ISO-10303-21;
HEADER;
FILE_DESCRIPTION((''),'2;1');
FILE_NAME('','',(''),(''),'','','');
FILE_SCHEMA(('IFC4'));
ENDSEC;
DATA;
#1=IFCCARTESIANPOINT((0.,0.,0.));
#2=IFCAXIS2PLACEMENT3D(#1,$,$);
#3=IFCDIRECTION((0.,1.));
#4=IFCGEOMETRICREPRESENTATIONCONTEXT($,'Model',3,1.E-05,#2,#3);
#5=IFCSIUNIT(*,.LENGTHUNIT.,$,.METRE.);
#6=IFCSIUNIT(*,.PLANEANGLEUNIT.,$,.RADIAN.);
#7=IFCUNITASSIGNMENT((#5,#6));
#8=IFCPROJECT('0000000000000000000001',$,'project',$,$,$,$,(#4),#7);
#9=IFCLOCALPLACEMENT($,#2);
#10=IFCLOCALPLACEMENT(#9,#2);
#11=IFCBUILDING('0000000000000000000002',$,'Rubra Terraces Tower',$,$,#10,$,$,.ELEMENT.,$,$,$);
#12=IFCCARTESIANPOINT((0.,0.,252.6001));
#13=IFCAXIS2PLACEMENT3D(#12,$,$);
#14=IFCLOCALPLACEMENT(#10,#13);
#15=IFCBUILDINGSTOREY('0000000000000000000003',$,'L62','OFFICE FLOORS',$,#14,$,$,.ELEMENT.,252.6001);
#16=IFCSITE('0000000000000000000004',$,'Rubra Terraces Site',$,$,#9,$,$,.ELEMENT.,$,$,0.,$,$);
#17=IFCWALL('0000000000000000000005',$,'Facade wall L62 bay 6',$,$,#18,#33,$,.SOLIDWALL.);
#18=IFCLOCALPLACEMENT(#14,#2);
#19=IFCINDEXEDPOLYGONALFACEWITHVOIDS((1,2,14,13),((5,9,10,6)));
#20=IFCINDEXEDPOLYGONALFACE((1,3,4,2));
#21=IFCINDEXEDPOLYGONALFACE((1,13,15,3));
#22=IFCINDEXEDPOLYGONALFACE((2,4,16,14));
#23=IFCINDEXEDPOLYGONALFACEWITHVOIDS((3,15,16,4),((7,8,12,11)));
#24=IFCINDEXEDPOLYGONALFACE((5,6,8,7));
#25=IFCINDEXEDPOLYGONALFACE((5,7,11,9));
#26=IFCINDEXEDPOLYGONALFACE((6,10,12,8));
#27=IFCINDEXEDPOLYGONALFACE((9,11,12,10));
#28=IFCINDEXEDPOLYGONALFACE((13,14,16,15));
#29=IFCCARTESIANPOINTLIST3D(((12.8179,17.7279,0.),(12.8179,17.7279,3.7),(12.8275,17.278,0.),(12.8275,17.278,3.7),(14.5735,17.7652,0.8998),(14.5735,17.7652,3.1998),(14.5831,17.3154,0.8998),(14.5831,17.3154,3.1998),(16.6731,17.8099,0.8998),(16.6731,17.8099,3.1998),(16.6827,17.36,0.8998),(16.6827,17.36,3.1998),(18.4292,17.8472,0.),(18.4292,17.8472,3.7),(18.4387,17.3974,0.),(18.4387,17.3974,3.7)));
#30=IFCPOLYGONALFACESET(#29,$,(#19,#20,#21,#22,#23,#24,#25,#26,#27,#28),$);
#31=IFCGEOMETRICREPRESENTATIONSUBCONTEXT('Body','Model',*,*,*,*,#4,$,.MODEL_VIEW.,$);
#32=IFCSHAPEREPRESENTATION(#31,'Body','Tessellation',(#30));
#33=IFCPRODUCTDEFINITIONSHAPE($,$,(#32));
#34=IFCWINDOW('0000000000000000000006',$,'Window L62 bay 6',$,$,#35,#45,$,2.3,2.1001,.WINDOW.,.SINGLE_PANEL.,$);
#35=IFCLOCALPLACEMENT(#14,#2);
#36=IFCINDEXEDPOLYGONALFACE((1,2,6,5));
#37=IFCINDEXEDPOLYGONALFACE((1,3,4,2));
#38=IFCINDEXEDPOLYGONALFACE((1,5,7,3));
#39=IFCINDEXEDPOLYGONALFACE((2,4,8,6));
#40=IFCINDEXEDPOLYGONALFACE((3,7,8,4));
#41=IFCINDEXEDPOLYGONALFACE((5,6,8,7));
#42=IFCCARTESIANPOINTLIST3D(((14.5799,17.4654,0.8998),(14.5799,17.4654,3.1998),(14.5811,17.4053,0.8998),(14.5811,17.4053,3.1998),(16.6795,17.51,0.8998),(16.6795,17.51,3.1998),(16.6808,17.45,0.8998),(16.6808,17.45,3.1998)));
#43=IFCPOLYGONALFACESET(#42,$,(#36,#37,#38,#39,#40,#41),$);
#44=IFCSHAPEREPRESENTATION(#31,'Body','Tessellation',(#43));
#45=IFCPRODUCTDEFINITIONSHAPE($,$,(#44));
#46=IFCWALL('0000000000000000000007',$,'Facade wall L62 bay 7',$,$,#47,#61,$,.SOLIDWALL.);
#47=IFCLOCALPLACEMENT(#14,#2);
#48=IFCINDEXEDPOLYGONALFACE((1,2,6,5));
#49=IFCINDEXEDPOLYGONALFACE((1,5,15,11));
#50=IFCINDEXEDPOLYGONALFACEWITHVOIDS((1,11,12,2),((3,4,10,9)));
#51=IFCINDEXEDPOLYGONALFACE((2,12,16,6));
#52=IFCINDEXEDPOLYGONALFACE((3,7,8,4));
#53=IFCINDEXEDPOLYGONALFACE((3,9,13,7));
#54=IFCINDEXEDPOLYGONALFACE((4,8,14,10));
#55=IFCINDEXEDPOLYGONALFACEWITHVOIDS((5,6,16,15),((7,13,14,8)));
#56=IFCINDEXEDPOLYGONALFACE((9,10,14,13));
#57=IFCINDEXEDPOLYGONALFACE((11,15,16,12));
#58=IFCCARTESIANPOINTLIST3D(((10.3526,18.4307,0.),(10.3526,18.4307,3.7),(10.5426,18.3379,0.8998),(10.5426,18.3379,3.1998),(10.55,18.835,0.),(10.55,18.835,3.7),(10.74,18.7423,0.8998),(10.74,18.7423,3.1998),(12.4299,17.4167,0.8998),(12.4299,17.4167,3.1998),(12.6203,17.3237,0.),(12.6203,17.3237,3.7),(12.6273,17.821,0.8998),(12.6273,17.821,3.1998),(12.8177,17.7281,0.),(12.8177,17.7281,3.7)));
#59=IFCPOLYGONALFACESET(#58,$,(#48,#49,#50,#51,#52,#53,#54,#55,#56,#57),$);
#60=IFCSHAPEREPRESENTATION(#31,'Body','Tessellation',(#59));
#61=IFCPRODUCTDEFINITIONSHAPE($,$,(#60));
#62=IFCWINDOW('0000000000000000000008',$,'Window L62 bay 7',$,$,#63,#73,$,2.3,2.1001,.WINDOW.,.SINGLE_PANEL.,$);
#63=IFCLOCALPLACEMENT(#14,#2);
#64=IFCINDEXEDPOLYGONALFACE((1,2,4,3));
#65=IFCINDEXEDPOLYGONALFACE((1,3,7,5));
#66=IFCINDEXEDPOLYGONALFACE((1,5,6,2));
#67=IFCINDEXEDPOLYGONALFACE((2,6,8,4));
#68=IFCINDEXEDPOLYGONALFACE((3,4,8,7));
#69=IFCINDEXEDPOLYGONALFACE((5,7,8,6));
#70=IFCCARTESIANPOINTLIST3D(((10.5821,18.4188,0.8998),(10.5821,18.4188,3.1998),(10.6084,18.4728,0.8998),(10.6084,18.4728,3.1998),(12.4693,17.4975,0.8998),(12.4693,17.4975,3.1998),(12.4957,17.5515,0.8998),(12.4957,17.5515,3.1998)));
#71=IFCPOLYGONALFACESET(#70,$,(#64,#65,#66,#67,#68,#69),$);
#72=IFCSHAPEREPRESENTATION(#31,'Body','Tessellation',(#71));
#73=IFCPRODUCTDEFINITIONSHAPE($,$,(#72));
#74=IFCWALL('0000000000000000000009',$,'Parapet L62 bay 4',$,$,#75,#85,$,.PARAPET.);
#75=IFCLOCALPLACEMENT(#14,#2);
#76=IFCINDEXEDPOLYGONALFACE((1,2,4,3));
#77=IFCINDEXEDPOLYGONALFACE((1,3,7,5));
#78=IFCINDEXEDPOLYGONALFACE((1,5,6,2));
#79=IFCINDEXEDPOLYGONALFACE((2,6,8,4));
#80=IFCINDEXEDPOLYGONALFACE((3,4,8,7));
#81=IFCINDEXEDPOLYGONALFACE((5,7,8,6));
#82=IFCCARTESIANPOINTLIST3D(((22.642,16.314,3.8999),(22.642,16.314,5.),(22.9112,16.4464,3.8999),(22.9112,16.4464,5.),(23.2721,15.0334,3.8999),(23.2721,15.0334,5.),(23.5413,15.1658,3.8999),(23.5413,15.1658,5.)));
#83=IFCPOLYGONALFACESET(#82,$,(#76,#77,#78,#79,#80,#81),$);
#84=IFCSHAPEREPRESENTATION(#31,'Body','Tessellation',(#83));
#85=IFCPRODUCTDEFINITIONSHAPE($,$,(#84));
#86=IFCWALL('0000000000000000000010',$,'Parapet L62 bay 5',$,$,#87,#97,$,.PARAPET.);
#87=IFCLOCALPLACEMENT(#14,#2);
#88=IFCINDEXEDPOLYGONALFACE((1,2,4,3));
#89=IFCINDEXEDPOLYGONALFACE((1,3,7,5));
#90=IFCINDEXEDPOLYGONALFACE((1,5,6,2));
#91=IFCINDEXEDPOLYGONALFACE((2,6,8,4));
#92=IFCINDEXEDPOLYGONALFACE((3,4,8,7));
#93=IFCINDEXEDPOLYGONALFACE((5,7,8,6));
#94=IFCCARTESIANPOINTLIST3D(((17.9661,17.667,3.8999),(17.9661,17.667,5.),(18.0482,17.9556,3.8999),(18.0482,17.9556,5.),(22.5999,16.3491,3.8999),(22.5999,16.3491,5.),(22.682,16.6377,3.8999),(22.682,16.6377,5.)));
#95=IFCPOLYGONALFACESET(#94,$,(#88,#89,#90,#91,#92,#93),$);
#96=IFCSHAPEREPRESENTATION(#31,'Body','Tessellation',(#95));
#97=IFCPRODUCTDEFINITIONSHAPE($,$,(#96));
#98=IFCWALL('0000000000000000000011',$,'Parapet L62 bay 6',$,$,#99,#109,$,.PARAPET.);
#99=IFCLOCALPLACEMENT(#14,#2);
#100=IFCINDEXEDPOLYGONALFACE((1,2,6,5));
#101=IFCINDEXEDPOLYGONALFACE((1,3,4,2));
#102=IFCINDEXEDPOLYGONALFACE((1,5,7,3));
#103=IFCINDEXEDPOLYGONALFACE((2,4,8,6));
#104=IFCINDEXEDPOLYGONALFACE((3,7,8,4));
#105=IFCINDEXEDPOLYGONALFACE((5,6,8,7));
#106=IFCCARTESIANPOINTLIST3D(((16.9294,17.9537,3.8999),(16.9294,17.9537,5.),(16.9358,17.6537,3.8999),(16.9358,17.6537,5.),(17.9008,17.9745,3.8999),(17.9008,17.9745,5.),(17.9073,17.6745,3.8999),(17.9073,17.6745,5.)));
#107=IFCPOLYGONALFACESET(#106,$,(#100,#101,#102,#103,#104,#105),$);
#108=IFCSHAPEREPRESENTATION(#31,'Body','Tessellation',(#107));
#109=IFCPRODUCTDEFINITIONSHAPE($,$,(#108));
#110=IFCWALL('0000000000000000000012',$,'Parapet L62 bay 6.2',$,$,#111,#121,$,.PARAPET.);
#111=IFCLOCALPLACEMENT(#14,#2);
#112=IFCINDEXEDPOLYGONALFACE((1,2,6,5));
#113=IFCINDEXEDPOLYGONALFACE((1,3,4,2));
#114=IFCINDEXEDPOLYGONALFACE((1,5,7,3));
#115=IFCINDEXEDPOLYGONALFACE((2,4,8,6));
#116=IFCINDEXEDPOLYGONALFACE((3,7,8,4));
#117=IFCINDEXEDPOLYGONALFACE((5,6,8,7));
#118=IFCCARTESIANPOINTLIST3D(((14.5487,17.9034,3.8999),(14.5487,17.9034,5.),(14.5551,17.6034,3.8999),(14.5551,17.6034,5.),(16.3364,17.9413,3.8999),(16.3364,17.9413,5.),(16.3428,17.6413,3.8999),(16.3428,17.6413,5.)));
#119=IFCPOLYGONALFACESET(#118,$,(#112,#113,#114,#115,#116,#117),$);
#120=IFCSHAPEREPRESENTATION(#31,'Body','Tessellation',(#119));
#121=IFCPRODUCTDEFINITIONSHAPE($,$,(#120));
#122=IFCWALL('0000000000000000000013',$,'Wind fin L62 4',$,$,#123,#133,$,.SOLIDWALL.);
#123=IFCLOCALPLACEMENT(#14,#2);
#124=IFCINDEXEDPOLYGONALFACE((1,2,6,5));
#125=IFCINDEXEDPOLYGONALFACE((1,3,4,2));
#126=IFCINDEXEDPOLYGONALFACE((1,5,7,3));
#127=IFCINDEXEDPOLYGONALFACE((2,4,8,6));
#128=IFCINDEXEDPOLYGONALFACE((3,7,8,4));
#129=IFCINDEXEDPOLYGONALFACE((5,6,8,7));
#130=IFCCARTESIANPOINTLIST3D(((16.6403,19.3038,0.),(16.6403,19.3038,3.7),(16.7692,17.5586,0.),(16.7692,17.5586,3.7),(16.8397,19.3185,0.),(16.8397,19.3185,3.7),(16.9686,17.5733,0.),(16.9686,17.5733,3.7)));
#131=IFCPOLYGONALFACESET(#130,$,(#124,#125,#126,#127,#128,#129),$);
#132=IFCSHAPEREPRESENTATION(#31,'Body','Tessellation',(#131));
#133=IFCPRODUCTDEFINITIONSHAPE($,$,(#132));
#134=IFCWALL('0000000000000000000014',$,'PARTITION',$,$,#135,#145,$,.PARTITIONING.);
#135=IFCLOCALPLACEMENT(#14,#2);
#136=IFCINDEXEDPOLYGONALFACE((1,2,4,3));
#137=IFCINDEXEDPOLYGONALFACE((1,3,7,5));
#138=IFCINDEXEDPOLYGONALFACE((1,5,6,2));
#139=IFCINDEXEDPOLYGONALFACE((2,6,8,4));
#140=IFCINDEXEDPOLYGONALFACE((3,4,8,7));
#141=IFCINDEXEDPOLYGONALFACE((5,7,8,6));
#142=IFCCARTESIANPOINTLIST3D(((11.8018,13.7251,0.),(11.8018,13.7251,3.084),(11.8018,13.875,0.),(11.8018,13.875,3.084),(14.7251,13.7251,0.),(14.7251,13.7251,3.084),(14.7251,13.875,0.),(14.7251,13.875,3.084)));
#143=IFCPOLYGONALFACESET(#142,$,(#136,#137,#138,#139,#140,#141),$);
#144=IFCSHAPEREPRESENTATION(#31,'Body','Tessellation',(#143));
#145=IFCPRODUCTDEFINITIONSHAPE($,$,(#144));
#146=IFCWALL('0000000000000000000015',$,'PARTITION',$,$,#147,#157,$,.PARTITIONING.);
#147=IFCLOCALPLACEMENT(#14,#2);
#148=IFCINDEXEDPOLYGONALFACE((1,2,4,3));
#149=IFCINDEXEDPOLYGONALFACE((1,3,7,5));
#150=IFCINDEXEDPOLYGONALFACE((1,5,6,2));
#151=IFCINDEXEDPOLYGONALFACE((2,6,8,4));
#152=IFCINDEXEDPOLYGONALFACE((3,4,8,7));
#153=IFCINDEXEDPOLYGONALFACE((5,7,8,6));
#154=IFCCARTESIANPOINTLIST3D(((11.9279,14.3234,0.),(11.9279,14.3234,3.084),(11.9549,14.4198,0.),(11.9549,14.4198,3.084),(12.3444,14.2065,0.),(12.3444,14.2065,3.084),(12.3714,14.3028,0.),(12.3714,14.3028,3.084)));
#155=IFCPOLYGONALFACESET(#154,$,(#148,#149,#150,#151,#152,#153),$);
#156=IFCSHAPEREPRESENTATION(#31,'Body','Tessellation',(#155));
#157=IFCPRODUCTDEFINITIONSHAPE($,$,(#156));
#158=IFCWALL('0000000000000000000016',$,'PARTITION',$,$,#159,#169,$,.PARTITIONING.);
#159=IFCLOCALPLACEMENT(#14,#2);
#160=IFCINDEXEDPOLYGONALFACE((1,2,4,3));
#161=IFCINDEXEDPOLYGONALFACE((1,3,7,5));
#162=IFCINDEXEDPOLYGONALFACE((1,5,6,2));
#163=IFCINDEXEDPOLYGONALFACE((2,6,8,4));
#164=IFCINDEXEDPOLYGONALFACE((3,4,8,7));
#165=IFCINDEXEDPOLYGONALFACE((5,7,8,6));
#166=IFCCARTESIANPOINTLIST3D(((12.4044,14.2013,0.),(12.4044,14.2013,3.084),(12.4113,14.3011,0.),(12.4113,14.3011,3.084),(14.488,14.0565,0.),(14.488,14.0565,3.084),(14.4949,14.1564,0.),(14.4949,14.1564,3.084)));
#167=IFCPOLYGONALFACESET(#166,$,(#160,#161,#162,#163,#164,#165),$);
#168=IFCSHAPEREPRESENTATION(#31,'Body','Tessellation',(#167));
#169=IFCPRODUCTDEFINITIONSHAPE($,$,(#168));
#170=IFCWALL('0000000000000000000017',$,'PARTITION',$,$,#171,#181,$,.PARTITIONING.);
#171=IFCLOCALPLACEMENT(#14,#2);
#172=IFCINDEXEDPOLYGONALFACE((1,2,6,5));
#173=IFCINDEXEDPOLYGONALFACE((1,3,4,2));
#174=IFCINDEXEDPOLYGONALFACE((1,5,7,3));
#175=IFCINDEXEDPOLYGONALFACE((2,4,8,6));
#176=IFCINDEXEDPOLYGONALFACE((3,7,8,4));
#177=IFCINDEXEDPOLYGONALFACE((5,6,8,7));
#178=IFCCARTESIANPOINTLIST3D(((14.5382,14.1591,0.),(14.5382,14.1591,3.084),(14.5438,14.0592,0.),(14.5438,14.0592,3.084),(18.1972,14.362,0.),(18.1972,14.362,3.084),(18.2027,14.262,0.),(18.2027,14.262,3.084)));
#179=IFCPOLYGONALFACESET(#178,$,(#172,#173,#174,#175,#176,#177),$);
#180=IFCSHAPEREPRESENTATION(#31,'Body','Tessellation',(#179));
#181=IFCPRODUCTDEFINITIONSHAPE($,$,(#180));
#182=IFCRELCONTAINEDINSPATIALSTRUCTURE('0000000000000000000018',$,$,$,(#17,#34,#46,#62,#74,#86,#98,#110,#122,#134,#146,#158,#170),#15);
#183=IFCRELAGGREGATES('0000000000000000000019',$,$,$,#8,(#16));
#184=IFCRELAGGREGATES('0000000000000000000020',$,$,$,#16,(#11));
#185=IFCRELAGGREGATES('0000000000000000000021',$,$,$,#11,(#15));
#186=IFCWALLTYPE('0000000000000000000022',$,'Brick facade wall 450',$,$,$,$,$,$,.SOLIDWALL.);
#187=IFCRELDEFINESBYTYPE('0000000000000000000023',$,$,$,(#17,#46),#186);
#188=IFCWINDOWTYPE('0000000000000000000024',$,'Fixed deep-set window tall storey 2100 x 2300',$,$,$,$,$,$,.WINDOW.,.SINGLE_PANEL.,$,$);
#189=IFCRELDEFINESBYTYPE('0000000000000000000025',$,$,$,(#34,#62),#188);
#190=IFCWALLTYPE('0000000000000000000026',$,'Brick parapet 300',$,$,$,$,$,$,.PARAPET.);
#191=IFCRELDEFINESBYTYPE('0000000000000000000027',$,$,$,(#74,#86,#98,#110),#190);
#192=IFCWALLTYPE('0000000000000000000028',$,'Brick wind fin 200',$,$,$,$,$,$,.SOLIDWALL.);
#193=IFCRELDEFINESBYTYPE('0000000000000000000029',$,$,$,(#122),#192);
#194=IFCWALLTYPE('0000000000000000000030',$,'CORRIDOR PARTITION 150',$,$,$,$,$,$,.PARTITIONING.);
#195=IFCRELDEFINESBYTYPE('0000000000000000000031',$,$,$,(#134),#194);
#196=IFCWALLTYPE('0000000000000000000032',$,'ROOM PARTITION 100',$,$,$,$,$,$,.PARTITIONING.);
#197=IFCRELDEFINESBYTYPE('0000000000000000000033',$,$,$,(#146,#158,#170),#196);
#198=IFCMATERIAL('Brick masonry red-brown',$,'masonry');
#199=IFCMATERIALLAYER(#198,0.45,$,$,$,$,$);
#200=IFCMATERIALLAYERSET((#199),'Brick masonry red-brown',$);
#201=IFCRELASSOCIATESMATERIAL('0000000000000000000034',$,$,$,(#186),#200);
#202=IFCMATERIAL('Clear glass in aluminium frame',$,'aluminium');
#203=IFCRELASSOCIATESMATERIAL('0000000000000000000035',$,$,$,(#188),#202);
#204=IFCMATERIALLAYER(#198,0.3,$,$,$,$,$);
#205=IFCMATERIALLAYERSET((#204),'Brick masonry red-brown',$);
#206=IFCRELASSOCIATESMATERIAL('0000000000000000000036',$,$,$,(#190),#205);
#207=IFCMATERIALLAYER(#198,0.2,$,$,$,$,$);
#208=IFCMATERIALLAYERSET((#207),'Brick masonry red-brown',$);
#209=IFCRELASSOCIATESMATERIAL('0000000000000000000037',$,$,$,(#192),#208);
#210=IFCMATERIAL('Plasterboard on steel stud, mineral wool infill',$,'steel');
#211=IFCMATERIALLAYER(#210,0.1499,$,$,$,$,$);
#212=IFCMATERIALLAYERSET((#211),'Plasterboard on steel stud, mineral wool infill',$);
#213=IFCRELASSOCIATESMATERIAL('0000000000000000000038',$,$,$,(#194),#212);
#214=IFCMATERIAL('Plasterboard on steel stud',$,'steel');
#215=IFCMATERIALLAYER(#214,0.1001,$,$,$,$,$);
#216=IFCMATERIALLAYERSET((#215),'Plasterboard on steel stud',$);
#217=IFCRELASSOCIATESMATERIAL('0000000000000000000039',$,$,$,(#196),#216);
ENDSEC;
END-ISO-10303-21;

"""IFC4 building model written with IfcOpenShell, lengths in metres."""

from ifc_helpers import new_model, si_unit, direction, frame, frame_2d, origin, place, context, subcontext, project, spatial, rectangle, extrude, material, layer, layer_set, type_object, element, fill, save


model = new_model("IFC4")

# Units and contexts
model_context = context("Model", 3, precision=1e-05, world=origin(), true_north=direction((0.0, 1.0)))
body_context = subcontext(model_context, "Body", "Model", "MODEL_VIEW")
ifc_project = project(units=[si_unit("LENGTHUNIT", "METRE"), si_unit("PLANEANGLEUNIT", "RADIAN")], contexts=[model_context])

# Site, building, storey
site_placement = place(None, origin())
site = spatial("IfcSite", under=ifc_project, at=site_placement, Name="Rubra Terraces Site", CompositionType="ELEMENT", RefElevation=0.0)
building_placement = place(site_placement, origin())
building = spatial("IfcBuilding", under=site, at=building_placement, Name="Rubra Terraces Tower", CompositionType="ELEMENT")
storey_placement = place(building_placement, frame((0.0, 0.0, 252.6001)))
storey = spatial("IfcBuildingStorey", under=building, at=storey_placement, Name="L62", Description="OFFICE FLOORS", CompositionType="ELEMENT", Elevation=252.6001)

# Walls, openings, windows
ifc_material_1 = material(Name="Brick masonry red-brown", Category="masonry")
ifc_layer_1 = layer(ifc_material_1, 0.45)
ifc_layer_set_1 = layer_set([ifc_layer_1], Name="Brick masonry red-brown")
wall_type_1 = type_object("IfcWallType", Name="Brick facade wall 450", PredefinedType="SOLIDWALL", material=ifc_layer_set_1)
ifc_material_2 = material(Name="Clear glass in aluminium frame", Category="aluminium")
window_type = type_object("IfcWindowType", Name="Fixed deep-set window tall storey 2100 x 2300", PartitioningType="SINGLE_PANEL", PredefinedType="WINDOW", material=ifc_material_2)
wall_1_placement = place(storey_placement, frame((18.4338, 17.6223, 0.0), z_axis=(0.0, 0.0, 1.0), x_axis=(-0.999774, -0.021271, 0.0)))
wall_1 = element("IfcWall", 1, at=wall_1_placement, inside=storey, type_object=wall_type_1, Name="Facade wall L62 bay 6", PredefinedType="SOLIDWALL", context=body_context, shape_type="SweptSolid", body=[
    extrude(rectangle(XDim=5.6125, YDim=0.45, at=frame_2d((2.8062, 0.0))), origin(), (0.0, 0.0, 1.0), 3.7),
])
opening_1_placement = place(wall_1_placement, frame((1.7563, 0.0, 0.8999)))
opening_1 = element("IfcOpeningElement", 2, at=opening_1_placement, cuts=wall_1, PredefinedType="OPENING", context=body_context, shape_type="SweptSolid", body=[
    extrude(rectangle(XDim=2.1001, YDim=2.3, at=frame_2d((1.05, 1.1499))), frame((0.0, 0.2349, 0.0), z_axis=(0.0, -1.0, 0.0), x_axis=(1.0, 0.0, 0.0)), (0.0, 0.0, 1.0), 0.47),
])
window_1_placement = place(opening_1_placement, origin())
window_1 = element("IfcWindow", 3, at=window_1_placement, inside=storey, type_object=window_type, Name="Window L62 bay 6", OverallHeight=2.3, OverallWidth=2.1001, PartitioningType="SINGLE_PANEL", PredefinedType="WINDOW", context=body_context, shape_type="SweptSolid", body=[
    extrude(rectangle(XDim=2.1001, YDim=2.3, at=frame_2d((1.05, 1.1499))), frame((0.0, 0.135, 0.0), z_axis=(0.0, -1.0, 0.0), x_axis=(1.0, 0.0, 0.0)), (0.0, 0.0, 1.0), 0.0601),
])
fill(opening_1, window_1)
wall_2_placement = place(storey_placement, frame((12.719, 17.5259, 0.0), z_axis=(0.0, 0.0, 1.0), x_axis=(-0.898644, 0.438679, 0.0)))
wall_2 = element("IfcWall", 4, at=wall_2_placement, inside=storey, type_object=wall_type_1, Name="Facade wall L62 bay 7", PredefinedType="SOLIDWALL", context=body_context, shape_type="SweptSolid", body=[
    extrude(rectangle(XDim=2.5234, YDim=0.45, at=frame_2d((1.2617, 0.0))), origin(), (0.0, 0.0, 1.0), 3.7),
])
opening_2_placement = place(wall_2_placement, frame((0.2119, 0.0, 0.8999)))
opening_2 = element("IfcOpeningElement", 5, at=opening_2_placement, cuts=wall_2, PredefinedType="OPENING", context=body_context, shape_type="SweptSolid", body=[
    extrude(rectangle(XDim=2.1001, YDim=2.3, at=frame_2d((1.05, 1.1499))), frame((0.0, 0.2349, 0.0), z_axis=(0.0, -1.0, 0.0), x_axis=(1.0, 0.0, 0.0)), (0.0, 0.0, 1.0), 0.47),
])
window_2_placement = place(opening_2_placement, origin())
window_2 = element("IfcWindow", 6, at=window_2_placement, inside=storey, type_object=window_type, Name="Window L62 bay 7", OverallHeight=2.3, OverallWidth=2.1001, PartitioningType="SINGLE_PANEL", PredefinedType="WINDOW", context=body_context, shape_type="SweptSolid", body=[
    extrude(rectangle(XDim=2.1001, YDim=2.3, at=frame_2d((1.05, 1.1499))), frame((0.0, 0.135, 0.0), z_axis=(0.0, -1.0, 0.0), x_axis=(1.0, 0.0, 0.0)), (0.0, 0.0, 1.0), 0.0601),
])
fill(opening_2, window_2)

# Walls
ifc_layer_2 = layer(ifc_material_1, 0.3)
ifc_layer_set_2 = layer_set([ifc_layer_2], Name="Brick masonry red-brown")
wall_type_2 = type_object("IfcWallType", Name="Brick parapet 300", PredefinedType="PARAPET", material=ifc_layer_set_2)
wall_3_placement = place(storey_placement, frame((23.4067, 15.0996, 3.8999), z_axis=(0.0, 0.0, 1.0), x_axis=(-0.441525, 0.897249, 0.0)))
element("IfcWall", 7, at=wall_3_placement, inside=storey, type_object=wall_type_2, Name="Parapet L62 bay 4", PredefinedType="PARAPET", context=body_context, shape_type="SweptSolid", body=[
    extrude(rectangle(XDim=1.4272, YDim=0.3, at=frame_2d((0.7136, 0.0))), origin(), (0.0, 0.0, 1.0), 1.1001),
])
wall_4_placement = place(storey_placement, frame((22.6409, 16.4934, 3.8999), z_axis=(0.0, 0.0, 1.0), x_axis=(-0.961856, 0.273556, 0.0)))
element("IfcWall", 8, at=wall_4_placement, inside=storey, type_object=wall_type_2, Name="Parapet L62 bay 5", PredefinedType="PARAPET", context=body_context, shape_type="SweptSolid", body=[
    extrude(rectangle(XDim=4.8176, YDim=0.3, at=frame_2d((2.4087, 0.0))), origin(), (0.0, 0.0, 1.0), 1.1001),
])
wall_5_placement = place(storey_placement, frame((17.9041, 17.8245, 3.8999), z_axis=(0.0, 0.0, 1.0), x_axis=(-0.999772, -0.021357, 0.0)))
element("IfcWall", 9, at=wall_5_placement, inside=storey, type_object=wall_type_2, Name="Parapet L62 bay 6", PredefinedType="PARAPET", context=body_context, shape_type="SweptSolid", body=[
    extrude(rectangle(XDim=0.9717, YDim=0.3, at=frame_2d((0.4858, 0.0))), origin(), (0.0, 0.0, 1.0), 1.1001),
])
wall_6_placement = place(storey_placement, frame((16.3396, 17.7913, 3.8999), z_axis=(0.0, 0.0, 1.0), x_axis=(-0.999776, -0.021164, 0.0)))
element("IfcWall", 10, at=wall_6_placement, inside=storey, type_object=wall_type_2, Name="Parapet L62 bay 6.2", PredefinedType="PARAPET", context=body_context, shape_type="SweptSolid", body=[
    extrude(rectangle(XDim=1.7881, YDim=0.3, at=frame_2d((0.894, 0.0))), origin(), (0.0, 0.0, 1.0), 1.1001),
])
ifc_layer_3 = layer(ifc_material_1, 0.2)
ifc_layer_set_3 = layer_set([ifc_layer_3], Name="Brick masonry red-brown")
wall_type_3 = type_object("IfcWallType", Name="Brick wind fin 200", PredefinedType="SOLIDWALL", material=ifc_layer_set_3)
wall_7_placement = place(storey_placement, frame((16.8689, 17.5659, 0.0), z_axis=(0.0, 0.0, 1.0), x_axis=(-0.073656, 0.997284, 0.0)))
element("IfcWall", 11, at=wall_7_placement, inside=storey, type_object=wall_type_3, Name="Wind fin L62 4", PredefinedType="SOLIDWALL", context=body_context, shape_type="SweptSolid", body=[
    extrude(rectangle(XDim=1.75, YDim=0.2, at=frame_2d((0.875, 0.0))), origin(), (0.0, 0.0, 1.0), 3.7),
])
ifc_material_3 = material(Name="Plasterboard on steel stud, mineral wool infill", Category="steel")
ifc_layer_4 = layer(ifc_material_3, 0.1499)
ifc_layer_set_4 = layer_set([ifc_layer_4], Name="Plasterboard on steel stud, mineral wool infill")
wall_type_4 = type_object("IfcWallType", Name="CORRIDOR PARTITION 150", PredefinedType="PARTITIONING", material=ifc_layer_set_4)
wall_8_placement = place(storey_placement, frame((14.7251, 13.8, 0.0), z_axis=(0.0, 0.0, 1.0), x_axis=(-1.0, 0.0, 0.0)))
element("IfcWall", 12, at=wall_8_placement, inside=storey, type_object=wall_type_4, Name="PARTITION", PredefinedType="PARTITIONING", context=body_context, shape_type="SweptSolid", body=[
    extrude(rectangle(XDim=2.9233, YDim=0.1499, at=frame_2d((1.4617, 0.0))), origin(), (0.0, 0.0, 1.0), 3.084),
])
ifc_material_4 = material(Name="Plasterboard on steel stud", Category="steel")
ifc_layer_5 = layer(ifc_material_4, 0.1001)
ifc_layer_set_5 = layer_set([ifc_layer_5], Name="Plasterboard on steel stud")
wall_type_5 = type_object("IfcWallType", Name="ROOM PARTITION 100", PredefinedType="PARTITIONING", material=ifc_layer_set_5)
wall_9_placement = place(storey_placement, frame((11.9414, 14.3716, 0.0), z_axis=(0.0, 0.0, 1.0), x_axis=(0.96277, -0.270321, 0.0)))
element("IfcWall", 13, at=wall_9_placement, inside=storey, type_object=wall_type_5, Name="PARTITION", PredefinedType="PARTITIONING", context=body_context, shape_type="SweptSolid", body=[
    extrude(rectangle(XDim=0.4326, YDim=0.1001, at=frame_2d((0.2163, 0.0))), origin(), (0.0, 0.0, 1.0), 3.084),
])
wall_10_placement = place(storey_placement, frame((12.4077, 14.2512, 0.0), z_axis=(0.0, 0.0, 1.0), x_axis=(0.997595, -0.06932, 0.0)))
element("IfcWall", 14, at=wall_10_placement, inside=storey, type_object=wall_type_5, Name="PARTITION", PredefinedType="PARTITIONING", context=body_context, shape_type="SweptSolid", body=[
    extrude(rectangle(XDim=2.0886, YDim=0.1001, at=frame_2d((1.0444, 0.0))), origin(), (0.0, 0.0, 1.0), 3.084),
])
wall_11_placement = place(storey_placement, frame((14.541, 14.1091, 0.0), z_axis=(0.0, 0.0, 1.0), x_axis=(0.998466, 0.055363, 0.0)))
element("IfcWall", 15, at=wall_11_placement, inside=storey, type_object=wall_type_5, Name="PARTITION", PredefinedType="PARTITIONING", context=body_context, shape_type="SweptSolid", body=[
    extrude(rectangle(XDim=3.6646, YDim=0.1001, at=frame_2d((1.8323, 0.0))), origin(), (0.0, 0.0, 1.0), 3.084),
])

save(model, "model.ifc")
